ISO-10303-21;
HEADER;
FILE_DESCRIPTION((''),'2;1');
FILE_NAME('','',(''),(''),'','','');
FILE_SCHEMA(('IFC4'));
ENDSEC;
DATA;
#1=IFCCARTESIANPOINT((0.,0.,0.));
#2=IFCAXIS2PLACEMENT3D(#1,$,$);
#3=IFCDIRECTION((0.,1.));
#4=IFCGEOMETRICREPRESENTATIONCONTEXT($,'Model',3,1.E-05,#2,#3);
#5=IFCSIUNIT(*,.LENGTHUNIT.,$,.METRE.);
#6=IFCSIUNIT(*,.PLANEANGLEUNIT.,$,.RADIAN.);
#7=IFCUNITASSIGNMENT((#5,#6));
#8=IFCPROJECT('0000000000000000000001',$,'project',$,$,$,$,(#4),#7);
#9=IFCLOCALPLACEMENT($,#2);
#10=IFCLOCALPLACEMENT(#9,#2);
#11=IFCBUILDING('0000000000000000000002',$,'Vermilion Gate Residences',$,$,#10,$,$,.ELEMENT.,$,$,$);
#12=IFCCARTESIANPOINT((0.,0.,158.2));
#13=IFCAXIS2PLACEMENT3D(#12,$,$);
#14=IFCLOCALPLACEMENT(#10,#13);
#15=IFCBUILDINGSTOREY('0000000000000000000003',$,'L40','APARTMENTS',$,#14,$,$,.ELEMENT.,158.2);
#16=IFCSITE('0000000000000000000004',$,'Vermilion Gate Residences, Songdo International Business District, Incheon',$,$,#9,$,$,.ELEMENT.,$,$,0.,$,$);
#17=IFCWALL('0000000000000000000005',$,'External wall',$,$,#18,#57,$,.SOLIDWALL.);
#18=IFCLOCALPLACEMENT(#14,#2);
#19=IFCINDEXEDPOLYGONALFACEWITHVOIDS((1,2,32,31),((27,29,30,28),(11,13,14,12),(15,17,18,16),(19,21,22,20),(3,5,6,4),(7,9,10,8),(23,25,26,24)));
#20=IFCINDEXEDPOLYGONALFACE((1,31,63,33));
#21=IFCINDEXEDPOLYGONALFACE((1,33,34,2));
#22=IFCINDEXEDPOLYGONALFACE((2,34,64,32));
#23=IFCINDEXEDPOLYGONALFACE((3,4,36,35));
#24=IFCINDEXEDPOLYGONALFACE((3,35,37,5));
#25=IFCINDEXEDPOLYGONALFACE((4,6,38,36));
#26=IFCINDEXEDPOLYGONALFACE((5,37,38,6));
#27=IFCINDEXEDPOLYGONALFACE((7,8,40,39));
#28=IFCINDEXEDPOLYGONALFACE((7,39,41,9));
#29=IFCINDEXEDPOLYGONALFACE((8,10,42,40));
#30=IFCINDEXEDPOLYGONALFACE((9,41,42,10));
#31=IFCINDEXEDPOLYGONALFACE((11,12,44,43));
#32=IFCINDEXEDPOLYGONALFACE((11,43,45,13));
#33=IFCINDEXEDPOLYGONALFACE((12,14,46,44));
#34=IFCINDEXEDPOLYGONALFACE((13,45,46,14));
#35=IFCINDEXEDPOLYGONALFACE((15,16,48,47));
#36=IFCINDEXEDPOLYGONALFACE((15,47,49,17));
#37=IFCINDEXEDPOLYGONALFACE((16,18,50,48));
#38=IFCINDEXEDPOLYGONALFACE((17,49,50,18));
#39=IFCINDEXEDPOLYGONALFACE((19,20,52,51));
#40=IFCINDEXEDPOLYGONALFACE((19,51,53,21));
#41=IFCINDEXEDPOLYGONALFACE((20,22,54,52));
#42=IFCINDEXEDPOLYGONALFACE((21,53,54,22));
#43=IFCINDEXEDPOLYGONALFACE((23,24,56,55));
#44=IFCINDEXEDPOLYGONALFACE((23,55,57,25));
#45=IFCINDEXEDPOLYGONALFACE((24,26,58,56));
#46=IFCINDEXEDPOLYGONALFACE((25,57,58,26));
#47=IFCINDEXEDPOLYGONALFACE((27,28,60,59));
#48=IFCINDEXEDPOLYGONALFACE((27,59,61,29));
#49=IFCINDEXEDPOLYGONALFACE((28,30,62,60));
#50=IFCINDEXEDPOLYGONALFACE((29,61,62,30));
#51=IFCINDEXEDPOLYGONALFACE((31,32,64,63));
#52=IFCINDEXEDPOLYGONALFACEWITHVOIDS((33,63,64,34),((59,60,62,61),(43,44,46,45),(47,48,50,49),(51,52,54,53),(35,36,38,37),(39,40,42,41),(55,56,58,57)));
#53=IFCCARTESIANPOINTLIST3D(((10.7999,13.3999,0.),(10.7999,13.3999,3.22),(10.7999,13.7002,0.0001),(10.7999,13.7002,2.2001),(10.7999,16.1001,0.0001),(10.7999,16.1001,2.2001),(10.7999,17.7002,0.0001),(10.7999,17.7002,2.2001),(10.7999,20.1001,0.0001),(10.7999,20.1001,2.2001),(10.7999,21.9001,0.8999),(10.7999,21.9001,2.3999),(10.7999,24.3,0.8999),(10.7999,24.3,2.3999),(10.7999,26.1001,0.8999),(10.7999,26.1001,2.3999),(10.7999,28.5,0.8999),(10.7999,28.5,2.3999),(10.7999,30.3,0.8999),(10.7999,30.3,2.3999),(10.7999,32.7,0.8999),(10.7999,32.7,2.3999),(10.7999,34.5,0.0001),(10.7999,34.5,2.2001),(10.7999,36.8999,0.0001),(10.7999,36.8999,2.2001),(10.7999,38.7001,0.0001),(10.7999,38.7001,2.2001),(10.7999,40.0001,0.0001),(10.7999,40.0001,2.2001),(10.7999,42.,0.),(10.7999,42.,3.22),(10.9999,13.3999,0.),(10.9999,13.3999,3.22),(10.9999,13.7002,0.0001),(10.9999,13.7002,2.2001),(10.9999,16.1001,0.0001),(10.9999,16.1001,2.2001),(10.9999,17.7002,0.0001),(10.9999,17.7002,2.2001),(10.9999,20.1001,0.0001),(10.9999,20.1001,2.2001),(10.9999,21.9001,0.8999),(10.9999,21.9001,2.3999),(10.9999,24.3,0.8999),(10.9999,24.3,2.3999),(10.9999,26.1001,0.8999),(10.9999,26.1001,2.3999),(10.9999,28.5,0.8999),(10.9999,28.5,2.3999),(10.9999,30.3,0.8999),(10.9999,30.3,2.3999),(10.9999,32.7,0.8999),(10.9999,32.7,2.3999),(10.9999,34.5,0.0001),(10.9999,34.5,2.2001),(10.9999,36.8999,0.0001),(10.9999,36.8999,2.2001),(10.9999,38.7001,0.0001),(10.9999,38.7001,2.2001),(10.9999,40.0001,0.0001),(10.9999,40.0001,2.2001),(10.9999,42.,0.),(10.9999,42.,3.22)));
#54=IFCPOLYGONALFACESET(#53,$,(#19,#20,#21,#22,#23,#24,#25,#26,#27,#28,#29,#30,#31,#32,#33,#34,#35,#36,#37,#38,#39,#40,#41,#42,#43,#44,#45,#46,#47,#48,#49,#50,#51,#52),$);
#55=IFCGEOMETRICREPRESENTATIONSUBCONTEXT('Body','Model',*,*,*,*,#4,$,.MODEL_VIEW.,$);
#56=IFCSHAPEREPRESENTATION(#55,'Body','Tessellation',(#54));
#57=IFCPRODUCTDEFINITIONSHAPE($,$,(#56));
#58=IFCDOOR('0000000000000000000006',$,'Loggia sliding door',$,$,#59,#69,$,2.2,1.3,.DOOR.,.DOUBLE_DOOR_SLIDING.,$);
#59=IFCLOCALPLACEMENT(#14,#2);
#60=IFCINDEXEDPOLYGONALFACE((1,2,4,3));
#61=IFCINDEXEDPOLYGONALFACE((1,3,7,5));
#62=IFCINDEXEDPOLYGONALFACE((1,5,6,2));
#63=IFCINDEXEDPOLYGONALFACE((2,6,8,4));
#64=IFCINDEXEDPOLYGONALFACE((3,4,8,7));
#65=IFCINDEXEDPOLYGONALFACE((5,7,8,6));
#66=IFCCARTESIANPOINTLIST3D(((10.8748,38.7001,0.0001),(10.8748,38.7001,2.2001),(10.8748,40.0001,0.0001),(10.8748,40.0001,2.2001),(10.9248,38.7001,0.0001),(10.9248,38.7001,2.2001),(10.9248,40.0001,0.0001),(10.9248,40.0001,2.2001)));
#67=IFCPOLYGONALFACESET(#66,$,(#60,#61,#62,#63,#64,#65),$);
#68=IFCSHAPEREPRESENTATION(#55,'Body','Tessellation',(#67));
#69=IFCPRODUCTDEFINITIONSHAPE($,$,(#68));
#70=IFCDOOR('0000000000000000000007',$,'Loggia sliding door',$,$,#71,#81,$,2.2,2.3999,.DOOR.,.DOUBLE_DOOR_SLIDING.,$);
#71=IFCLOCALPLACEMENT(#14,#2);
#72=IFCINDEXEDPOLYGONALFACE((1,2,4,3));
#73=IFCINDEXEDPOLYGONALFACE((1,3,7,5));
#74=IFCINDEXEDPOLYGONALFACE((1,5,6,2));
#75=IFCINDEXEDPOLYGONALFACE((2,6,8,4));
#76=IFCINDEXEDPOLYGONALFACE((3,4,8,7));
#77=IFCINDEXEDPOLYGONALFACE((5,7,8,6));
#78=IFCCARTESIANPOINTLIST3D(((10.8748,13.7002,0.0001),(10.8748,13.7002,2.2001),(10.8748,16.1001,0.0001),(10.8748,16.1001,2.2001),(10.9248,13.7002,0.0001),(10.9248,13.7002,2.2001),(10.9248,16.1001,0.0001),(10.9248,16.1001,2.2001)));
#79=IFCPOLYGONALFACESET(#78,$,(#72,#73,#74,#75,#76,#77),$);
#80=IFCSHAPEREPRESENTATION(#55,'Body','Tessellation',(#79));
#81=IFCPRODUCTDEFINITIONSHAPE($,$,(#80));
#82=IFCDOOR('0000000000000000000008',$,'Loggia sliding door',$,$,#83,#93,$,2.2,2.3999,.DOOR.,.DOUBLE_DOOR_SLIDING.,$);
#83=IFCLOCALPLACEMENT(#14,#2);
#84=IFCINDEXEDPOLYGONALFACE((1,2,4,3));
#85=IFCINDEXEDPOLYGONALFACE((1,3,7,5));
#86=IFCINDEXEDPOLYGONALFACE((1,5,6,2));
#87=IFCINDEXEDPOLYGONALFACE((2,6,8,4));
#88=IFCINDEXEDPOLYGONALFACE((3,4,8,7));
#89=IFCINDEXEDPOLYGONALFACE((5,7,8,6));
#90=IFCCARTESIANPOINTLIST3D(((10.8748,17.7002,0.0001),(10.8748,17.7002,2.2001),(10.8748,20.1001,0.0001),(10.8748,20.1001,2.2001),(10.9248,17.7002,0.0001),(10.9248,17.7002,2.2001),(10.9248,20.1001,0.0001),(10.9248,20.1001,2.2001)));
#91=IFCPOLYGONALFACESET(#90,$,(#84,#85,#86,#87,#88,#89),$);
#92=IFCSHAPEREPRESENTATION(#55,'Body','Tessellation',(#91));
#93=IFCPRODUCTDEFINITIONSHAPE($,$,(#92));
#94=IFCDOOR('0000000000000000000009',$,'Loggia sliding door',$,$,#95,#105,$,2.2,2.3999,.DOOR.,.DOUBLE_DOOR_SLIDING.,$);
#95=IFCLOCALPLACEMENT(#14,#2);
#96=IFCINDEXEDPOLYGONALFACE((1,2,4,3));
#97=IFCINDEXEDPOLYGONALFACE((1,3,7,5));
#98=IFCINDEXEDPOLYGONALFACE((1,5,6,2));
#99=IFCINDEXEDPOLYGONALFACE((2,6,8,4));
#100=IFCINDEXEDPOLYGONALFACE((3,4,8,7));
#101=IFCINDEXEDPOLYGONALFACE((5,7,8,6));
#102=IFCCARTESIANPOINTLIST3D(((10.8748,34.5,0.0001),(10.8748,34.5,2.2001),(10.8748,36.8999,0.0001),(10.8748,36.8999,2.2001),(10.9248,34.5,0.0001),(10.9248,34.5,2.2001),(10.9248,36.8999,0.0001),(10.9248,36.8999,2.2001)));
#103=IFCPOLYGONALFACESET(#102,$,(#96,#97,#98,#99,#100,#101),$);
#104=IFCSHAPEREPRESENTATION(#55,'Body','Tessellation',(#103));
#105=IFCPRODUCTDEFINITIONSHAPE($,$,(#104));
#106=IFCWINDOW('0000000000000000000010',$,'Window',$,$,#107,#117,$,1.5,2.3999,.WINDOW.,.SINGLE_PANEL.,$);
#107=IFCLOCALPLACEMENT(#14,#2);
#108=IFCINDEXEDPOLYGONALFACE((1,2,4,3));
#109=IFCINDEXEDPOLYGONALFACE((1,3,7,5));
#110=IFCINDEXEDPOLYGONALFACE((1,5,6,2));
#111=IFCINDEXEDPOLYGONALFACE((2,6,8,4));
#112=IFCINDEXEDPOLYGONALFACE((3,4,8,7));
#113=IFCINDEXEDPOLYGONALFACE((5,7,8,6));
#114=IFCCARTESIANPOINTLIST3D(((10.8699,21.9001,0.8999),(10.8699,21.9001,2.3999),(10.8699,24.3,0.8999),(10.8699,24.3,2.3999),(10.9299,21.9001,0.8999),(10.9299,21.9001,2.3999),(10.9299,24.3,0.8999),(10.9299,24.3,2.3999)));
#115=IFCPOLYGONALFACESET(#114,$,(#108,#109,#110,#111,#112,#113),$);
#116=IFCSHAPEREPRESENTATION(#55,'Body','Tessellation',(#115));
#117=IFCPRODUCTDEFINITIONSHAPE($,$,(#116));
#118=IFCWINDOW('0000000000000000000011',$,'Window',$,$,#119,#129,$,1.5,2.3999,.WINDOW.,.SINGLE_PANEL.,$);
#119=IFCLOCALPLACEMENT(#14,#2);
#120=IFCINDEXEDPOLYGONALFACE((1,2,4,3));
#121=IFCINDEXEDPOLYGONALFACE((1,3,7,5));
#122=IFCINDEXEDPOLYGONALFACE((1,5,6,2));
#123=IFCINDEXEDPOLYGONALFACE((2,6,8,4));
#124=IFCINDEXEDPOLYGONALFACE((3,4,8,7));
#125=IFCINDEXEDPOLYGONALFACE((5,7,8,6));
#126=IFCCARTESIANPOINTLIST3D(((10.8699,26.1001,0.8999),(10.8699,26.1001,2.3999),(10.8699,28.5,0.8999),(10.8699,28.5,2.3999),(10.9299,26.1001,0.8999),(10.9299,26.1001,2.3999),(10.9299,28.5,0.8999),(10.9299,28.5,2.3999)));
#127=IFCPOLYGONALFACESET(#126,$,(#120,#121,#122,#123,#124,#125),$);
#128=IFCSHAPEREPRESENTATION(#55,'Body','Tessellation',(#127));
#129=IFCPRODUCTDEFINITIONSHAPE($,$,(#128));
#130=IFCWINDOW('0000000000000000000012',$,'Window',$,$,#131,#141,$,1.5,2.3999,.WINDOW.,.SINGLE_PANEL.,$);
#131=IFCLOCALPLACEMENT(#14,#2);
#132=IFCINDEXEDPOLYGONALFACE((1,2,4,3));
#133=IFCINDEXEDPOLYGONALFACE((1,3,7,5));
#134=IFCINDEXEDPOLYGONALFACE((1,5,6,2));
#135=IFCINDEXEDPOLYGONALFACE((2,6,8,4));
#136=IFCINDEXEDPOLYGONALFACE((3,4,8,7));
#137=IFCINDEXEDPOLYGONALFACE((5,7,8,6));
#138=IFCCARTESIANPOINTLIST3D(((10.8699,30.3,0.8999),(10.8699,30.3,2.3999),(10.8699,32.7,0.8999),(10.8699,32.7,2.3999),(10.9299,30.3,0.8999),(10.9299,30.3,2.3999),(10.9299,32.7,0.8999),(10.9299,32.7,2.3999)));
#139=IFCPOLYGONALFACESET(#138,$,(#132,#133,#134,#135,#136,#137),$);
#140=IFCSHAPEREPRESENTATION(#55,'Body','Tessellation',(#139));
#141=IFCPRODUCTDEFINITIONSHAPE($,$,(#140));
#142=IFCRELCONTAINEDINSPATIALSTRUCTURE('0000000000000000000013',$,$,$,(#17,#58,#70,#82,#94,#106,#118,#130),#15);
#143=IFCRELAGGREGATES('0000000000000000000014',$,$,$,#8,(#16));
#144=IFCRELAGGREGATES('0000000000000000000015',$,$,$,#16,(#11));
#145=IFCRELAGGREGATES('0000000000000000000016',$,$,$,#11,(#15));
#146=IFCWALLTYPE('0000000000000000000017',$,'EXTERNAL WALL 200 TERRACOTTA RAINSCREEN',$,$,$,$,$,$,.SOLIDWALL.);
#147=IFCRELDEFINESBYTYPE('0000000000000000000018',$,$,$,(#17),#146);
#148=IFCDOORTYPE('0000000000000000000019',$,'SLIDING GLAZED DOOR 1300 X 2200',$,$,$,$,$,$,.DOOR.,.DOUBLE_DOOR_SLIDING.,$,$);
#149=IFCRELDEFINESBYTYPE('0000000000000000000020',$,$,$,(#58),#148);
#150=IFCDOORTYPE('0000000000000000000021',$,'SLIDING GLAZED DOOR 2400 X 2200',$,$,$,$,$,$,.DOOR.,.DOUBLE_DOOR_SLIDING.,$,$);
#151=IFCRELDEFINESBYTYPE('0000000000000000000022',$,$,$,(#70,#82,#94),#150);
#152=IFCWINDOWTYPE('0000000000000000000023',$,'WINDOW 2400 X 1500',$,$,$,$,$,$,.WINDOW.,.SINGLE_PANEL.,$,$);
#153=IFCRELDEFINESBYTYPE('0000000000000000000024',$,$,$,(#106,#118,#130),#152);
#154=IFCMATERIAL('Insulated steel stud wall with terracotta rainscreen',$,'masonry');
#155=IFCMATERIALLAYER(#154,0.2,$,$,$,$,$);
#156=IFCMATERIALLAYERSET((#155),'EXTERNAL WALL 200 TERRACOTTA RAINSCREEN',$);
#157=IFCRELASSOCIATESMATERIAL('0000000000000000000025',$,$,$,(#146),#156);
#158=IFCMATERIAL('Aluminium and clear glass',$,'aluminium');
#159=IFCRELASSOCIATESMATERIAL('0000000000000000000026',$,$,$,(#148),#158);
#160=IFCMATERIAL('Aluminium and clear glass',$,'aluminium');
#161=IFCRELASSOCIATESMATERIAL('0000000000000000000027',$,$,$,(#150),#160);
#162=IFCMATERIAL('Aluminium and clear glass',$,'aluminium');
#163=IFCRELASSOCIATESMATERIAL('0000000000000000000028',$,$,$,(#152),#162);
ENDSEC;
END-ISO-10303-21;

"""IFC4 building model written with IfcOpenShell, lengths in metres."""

from ifc_helpers import new_model, si_unit, direction, frame, frame_2d, origin, place, context, subcontext, project, spatial, rectangle, extrude, material, layer, layer_set, type_object, element, fill, save


model = new_model("IFC4")

# Units and contexts
model_context = context("Model", 3, precision=1e-05, world=origin(), true_north=direction((0.0, 1.0)))
body_context = subcontext(model_context, "Body", "Model", "MODEL_VIEW")
ifc_project = project(units=[si_unit("LENGTHUNIT", "METRE"), si_unit("PLANEANGLEUNIT", "RADIAN")], contexts=[model_context])

# Site, building, storey
site_placement = place(None, origin())
site = spatial("IfcSite", under=ifc_project, at=site_placement, Name="Vermilion Gate Residences, Songdo International Business District, Incheon", CompositionType="ELEMENT", RefElevation=0.0)
building_placement = place(site_placement, origin())
building = spatial("IfcBuilding", under=site, at=building_placement, Name="Vermilion Gate Residences", CompositionType="ELEMENT")
storey_placement = place(building_placement, frame((0.0, 0.0, 158.2)))
storey = spatial("IfcBuildingStorey", under=building, at=storey_placement, Name="L40", Description="APARTMENTS", CompositionType="ELEMENT", Elevation=158.2)

# Wall, openings, doors, windows
ifc_material_1 = material(Name="Insulated steel stud wall with terracotta rainscreen", Category="masonry")
ifc_layer_1 = layer(ifc_material_1, 0.2)
ifc_layer_set_1 = layer_set([ifc_layer_1], Name="EXTERNAL WALL 200 TERRACOTTA RAINSCREEN")
wall_type_1 = type_object("IfcWallType", Name="EXTERNAL WALL 200 TERRACOTTA RAINSCREEN", PredefinedType="SOLIDWALL", material=ifc_layer_set_1)
wall_1_placement = place(storey_placement, frame((10.8999, 42.0, 0.0), z_axis=(0.0, 0.0, 1.0), x_axis=(0.0, -1.0, 0.0)))
wall_1 = element("IfcWall", 1, at=wall_1_placement, inside=storey, type_object=wall_type_1, Name="External wall", PredefinedType="SOLIDWALL", context=body_context, shape_type="SweptSolid", body=[
    extrude(rectangle(XDim=28.6001, YDim=0.2, at=frame_2d((14.3, 0.0))), origin(), (0.0, 0.0, 1.0), 3.22),
])
opening_1_placement = place(wall_1_placement, frame((25.8999, 0.0, 0.0)))
opening_1 = element("IfcOpeningElement", 2, at=opening_1_placement, cuts=wall_1, PredefinedType="OPENING", context=body_context, shape_type="SweptSolid", body=[
    extrude(rectangle(XDim=2.3999, YDim=2.2, at=frame_2d((1.2, 1.1001))), frame((0.0, 0.1099, 0.0), z_axis=(0.0, -1.0, 0.0), x_axis=(1.0, 0.0, 0.0)), (0.0, 0.0, 1.0), 0.22),
])
opening_2_placement = place(wall_1_placement, frame((21.8999, 0.0, 0.0)))
opening_2 = element("IfcOpeningElement", 3, at=opening_2_placement, cuts=wall_1, PredefinedType="OPENING", context=body_context, shape_type="SweptSolid", body=[
    extrude(rectangle(XDim=2.3999, YDim=2.2, at=frame_2d((1.2, 1.1001))), frame((0.0, 0.1099, 0.0), z_axis=(0.0, -1.0, 0.0), x_axis=(1.0, 0.0, 0.0)), (0.0, 0.0, 1.0), 0.22),
])
opening_3_placement = place(wall_1_placement, frame((17.7, 0.0, 0.8999)))
opening_3 = element("IfcOpeningElement", 4, at=opening_3_placement, cuts=wall_1, PredefinedType="OPENING", context=body_context, shape_type="SweptSolid", body=[
    extrude(rectangle(XDim=2.3999, YDim=1.5, at=frame_2d((1.2, 0.75))), frame((0.0, 0.1099, 0.0), z_axis=(0.0, -1.0, 0.0), x_axis=(1.0, 0.0, 0.0)), (0.0, 0.0, 1.0), 0.22),
])
opening_4_placement = place(wall_1_placement, frame((13.5, 0.0, 0.8999)))
opening_4 = element("IfcOpeningElement", 5, at=opening_4_placement, cuts=wall_1, PredefinedType="OPENING", context=body_context, shape_type="SweptSolid", body=[
    extrude(rectangle(XDim=2.3999, YDim=1.5, at=frame_2d((1.2, 0.75))), frame((0.0, 0.1099, 0.0), z_axis=(0.0, -1.0, 0.0), x_axis=(1.0, 0.0, 0.0)), (0.0, 0.0, 1.0), 0.22),
])
opening_5_placement = place(wall_1_placement, frame((9.3, 0.0, 0.8999)))
opening_5 = element("IfcOpeningElement", 6, at=opening_5_placement, cuts=wall_1, PredefinedType="OPENING", context=body_context, shape_type="SweptSolid", body=[
    extrude(rectangle(XDim=2.3999, YDim=1.5, at=frame_2d((1.2, 0.75))), frame((0.0, 0.1099, 0.0), z_axis=(0.0, -1.0, 0.0), x_axis=(1.0, 0.0, 0.0)), (0.0, 0.0, 1.0), 0.22),
])
opening_6_placement = place(wall_1_placement, frame((5.1001, 0.0, 0.0)))
opening_6 = element("IfcOpeningElement", 7, at=opening_6_placement, cuts=wall_1, PredefinedType="OPENING", context=body_context, shape_type="SweptSolid", body=[
    extrude(rectangle(XDim=2.3999, YDim=2.2, at=frame_2d((1.2, 1.1001))), frame((0.0, 0.1099, 0.0), z_axis=(0.0, -1.0, 0.0), x_axis=(1.0, 0.0, 0.0)), (0.0, 0.0, 1.0), 0.22),
])
opening_7_placement = place(wall_1_placement, frame((2.0, 0.0, 0.0)))
opening_7 = element("IfcOpeningElement", 8, at=opening_7_placement, cuts=wall_1, PredefinedType="OPENING", context=body_context, shape_type="SweptSolid", body=[
    extrude(rectangle(XDim=1.3, YDim=2.2, at=frame_2d((0.6499, 1.1001))), frame((0.0, 0.1099, 0.0), z_axis=(0.0, -1.0, 0.0), x_axis=(1.0, 0.0, 0.0)), (0.0, 0.0, 1.0), 0.22),
])
ifc_material_2 = material(Name="Aluminium and clear glass", Category="aluminium")
door_type_1 = type_object("IfcDoorType", Name="SLIDING GLAZED DOOR 1300 X 2200", OperationType="DOUBLE_DOOR_SLIDING", PredefinedType="DOOR", material=ifc_material_2)
door_1_placement = place(opening_7_placement, origin())
door_1 = element("IfcDoor", 9, at=door_1_placement, inside=storey, type_object=door_type_1, Name="Loggia sliding door", OperationType="DOUBLE_DOOR_SLIDING", OverallHeight=2.2, OverallWidth=1.3, PredefinedType="DOOR", context=body_context, shape_type="SweptSolid", body=[
    extrude(rectangle(XDim=1.3, YDim=2.2, at=frame_2d((0.6499, 1.1001))), frame((0.0, 0.0249, 0.0), z_axis=(0.0, -1.0, 0.0), x_axis=(1.0, 0.0, 0.0)), (0.0, 0.0, 1.0), 0.05),
])
fill(opening_7, door_1)
ifc_material_3 = material(Name="Aluminium and clear glass", Category="aluminium")
door_type_2 = type_object("IfcDoorType", Name="SLIDING GLAZED DOOR 2400 X 2200", OperationType="DOUBLE_DOOR_SLIDING", PredefinedType="DOOR", material=ifc_material_3)
door_2_placement = place(opening_1_placement, origin())
door_2 = element("IfcDoor", 10, at=door_2_placement, inside=storey, type_object=door_type_2, Name="Loggia sliding door", OperationType="DOUBLE_DOOR_SLIDING", OverallHeight=2.2, OverallWidth=2.3999, PredefinedType="DOOR", context=body_context, shape_type="SweptSolid", body=[
    extrude(rectangle(XDim=2.3999, YDim=2.2, at=frame_2d((1.2, 1.1001))), frame((0.0, 0.0249, 0.0), z_axis=(0.0, -1.0, 0.0), x_axis=(1.0, 0.0, 0.0)), (0.0, 0.0, 1.0), 0.05),
])
fill(opening_1, door_2)
door_3_placement = place(opening_2_placement, origin())
door_3 = element("IfcDoor", 11, at=door_3_placement, inside=storey, type_object=door_type_2, Name="Loggia sliding door", OperationType="DOUBLE_DOOR_SLIDING", OverallHeight=2.2, OverallWidth=2.3999, PredefinedType="DOOR", context=body_context, shape_type="SweptSolid", body=[
    extrude(rectangle(XDim=2.3999, YDim=2.2, at=frame_2d((1.2, 1.1001))), frame((0.0, 0.0249, 0.0), z_axis=(0.0, -1.0, 0.0), x_axis=(1.0, 0.0, 0.0)), (0.0, 0.0, 1.0), 0.05),
])
fill(opening_2, door_3)
door_4_placement = place(opening_6_placement, origin())
door_4 = element("IfcDoor", 12, at=door_4_placement, inside=storey, type_object=door_type_2, Name="Loggia sliding door", OperationType="DOUBLE_DOOR_SLIDING", OverallHeight=2.2, OverallWidth=2.3999, PredefinedType="DOOR", context=body_context, shape_type="SweptSolid", body=[
    extrude(rectangle(XDim=2.3999, YDim=2.2, at=frame_2d((1.2, 1.1001))), frame((0.0, 0.0249, 0.0), z_axis=(0.0, -1.0, 0.0), x_axis=(1.0, 0.0, 0.0)), (0.0, 0.0, 1.0), 0.05),
])
fill(opening_6, door_4)
ifc_material_4 = material(Name="Aluminium and clear glass", Category="aluminium")
window_type = type_object("IfcWindowType", Name="WINDOW 2400 X 1500", PartitioningType="SINGLE_PANEL", PredefinedType="WINDOW", material=ifc_material_4)
window_1_placement = place(opening_3_placement, origin())
window_1 = element("IfcWindow", 13, at=window_1_placement, inside=storey, type_object=window_type, Name="Window", OverallHeight=1.5, OverallWidth=2.3999, PartitioningType="SINGLE_PANEL", PredefinedType="WINDOW", context=body_context, shape_type="SweptSolid", body=[
    extrude(rectangle(XDim=2.3999, YDim=1.5, at=frame_2d((1.2, 0.75))), frame((0.0, 0.03, 0.0), z_axis=(0.0, -1.0, 0.0), x_axis=(1.0, 0.0, 0.0)), (0.0, 0.0, 1.0), 0.0601),
])
fill(opening_3, window_1)
window_2_placement = place(opening_4_placement, origin())
window_2 = element("IfcWindow", 14, at=window_2_placement, inside=storey, type_object=window_type, Name="Window", OverallHeight=1.5, OverallWidth=2.3999, PartitioningType="SINGLE_PANEL", PredefinedType="WINDOW", context=body_context, shape_type="SweptSolid", body=[
    extrude(rectangle(XDim=2.3999, YDim=1.5, at=frame_2d((1.2, 0.75))), frame((0.0, 0.03, 0.0), z_axis=(0.0, -1.0, 0.0), x_axis=(1.0, 0.0, 0.0)), (0.0, 0.0, 1.0), 0.0601),
])
fill(opening_4, window_2)
window_3_placement = place(opening_5_placement, origin())
window_3 = element("IfcWindow", 15, at=window_3_placement, inside=storey, type_object=window_type, Name="Window", OverallHeight=1.5, OverallWidth=2.3999, PartitioningType="SINGLE_PANEL", PredefinedType="WINDOW", context=body_context, shape_type="SweptSolid", body=[
    extrude(rectangle(XDim=2.3999, YDim=1.5, at=frame_2d((1.2, 0.75))), frame((0.0, 0.03, 0.0), z_axis=(0.0, -1.0, 0.0), x_axis=(1.0, 0.0, 0.0)), (0.0, 0.0, 1.0), 0.0601),
])
fill(opening_5, window_3)

save(model, "model.ifc")
